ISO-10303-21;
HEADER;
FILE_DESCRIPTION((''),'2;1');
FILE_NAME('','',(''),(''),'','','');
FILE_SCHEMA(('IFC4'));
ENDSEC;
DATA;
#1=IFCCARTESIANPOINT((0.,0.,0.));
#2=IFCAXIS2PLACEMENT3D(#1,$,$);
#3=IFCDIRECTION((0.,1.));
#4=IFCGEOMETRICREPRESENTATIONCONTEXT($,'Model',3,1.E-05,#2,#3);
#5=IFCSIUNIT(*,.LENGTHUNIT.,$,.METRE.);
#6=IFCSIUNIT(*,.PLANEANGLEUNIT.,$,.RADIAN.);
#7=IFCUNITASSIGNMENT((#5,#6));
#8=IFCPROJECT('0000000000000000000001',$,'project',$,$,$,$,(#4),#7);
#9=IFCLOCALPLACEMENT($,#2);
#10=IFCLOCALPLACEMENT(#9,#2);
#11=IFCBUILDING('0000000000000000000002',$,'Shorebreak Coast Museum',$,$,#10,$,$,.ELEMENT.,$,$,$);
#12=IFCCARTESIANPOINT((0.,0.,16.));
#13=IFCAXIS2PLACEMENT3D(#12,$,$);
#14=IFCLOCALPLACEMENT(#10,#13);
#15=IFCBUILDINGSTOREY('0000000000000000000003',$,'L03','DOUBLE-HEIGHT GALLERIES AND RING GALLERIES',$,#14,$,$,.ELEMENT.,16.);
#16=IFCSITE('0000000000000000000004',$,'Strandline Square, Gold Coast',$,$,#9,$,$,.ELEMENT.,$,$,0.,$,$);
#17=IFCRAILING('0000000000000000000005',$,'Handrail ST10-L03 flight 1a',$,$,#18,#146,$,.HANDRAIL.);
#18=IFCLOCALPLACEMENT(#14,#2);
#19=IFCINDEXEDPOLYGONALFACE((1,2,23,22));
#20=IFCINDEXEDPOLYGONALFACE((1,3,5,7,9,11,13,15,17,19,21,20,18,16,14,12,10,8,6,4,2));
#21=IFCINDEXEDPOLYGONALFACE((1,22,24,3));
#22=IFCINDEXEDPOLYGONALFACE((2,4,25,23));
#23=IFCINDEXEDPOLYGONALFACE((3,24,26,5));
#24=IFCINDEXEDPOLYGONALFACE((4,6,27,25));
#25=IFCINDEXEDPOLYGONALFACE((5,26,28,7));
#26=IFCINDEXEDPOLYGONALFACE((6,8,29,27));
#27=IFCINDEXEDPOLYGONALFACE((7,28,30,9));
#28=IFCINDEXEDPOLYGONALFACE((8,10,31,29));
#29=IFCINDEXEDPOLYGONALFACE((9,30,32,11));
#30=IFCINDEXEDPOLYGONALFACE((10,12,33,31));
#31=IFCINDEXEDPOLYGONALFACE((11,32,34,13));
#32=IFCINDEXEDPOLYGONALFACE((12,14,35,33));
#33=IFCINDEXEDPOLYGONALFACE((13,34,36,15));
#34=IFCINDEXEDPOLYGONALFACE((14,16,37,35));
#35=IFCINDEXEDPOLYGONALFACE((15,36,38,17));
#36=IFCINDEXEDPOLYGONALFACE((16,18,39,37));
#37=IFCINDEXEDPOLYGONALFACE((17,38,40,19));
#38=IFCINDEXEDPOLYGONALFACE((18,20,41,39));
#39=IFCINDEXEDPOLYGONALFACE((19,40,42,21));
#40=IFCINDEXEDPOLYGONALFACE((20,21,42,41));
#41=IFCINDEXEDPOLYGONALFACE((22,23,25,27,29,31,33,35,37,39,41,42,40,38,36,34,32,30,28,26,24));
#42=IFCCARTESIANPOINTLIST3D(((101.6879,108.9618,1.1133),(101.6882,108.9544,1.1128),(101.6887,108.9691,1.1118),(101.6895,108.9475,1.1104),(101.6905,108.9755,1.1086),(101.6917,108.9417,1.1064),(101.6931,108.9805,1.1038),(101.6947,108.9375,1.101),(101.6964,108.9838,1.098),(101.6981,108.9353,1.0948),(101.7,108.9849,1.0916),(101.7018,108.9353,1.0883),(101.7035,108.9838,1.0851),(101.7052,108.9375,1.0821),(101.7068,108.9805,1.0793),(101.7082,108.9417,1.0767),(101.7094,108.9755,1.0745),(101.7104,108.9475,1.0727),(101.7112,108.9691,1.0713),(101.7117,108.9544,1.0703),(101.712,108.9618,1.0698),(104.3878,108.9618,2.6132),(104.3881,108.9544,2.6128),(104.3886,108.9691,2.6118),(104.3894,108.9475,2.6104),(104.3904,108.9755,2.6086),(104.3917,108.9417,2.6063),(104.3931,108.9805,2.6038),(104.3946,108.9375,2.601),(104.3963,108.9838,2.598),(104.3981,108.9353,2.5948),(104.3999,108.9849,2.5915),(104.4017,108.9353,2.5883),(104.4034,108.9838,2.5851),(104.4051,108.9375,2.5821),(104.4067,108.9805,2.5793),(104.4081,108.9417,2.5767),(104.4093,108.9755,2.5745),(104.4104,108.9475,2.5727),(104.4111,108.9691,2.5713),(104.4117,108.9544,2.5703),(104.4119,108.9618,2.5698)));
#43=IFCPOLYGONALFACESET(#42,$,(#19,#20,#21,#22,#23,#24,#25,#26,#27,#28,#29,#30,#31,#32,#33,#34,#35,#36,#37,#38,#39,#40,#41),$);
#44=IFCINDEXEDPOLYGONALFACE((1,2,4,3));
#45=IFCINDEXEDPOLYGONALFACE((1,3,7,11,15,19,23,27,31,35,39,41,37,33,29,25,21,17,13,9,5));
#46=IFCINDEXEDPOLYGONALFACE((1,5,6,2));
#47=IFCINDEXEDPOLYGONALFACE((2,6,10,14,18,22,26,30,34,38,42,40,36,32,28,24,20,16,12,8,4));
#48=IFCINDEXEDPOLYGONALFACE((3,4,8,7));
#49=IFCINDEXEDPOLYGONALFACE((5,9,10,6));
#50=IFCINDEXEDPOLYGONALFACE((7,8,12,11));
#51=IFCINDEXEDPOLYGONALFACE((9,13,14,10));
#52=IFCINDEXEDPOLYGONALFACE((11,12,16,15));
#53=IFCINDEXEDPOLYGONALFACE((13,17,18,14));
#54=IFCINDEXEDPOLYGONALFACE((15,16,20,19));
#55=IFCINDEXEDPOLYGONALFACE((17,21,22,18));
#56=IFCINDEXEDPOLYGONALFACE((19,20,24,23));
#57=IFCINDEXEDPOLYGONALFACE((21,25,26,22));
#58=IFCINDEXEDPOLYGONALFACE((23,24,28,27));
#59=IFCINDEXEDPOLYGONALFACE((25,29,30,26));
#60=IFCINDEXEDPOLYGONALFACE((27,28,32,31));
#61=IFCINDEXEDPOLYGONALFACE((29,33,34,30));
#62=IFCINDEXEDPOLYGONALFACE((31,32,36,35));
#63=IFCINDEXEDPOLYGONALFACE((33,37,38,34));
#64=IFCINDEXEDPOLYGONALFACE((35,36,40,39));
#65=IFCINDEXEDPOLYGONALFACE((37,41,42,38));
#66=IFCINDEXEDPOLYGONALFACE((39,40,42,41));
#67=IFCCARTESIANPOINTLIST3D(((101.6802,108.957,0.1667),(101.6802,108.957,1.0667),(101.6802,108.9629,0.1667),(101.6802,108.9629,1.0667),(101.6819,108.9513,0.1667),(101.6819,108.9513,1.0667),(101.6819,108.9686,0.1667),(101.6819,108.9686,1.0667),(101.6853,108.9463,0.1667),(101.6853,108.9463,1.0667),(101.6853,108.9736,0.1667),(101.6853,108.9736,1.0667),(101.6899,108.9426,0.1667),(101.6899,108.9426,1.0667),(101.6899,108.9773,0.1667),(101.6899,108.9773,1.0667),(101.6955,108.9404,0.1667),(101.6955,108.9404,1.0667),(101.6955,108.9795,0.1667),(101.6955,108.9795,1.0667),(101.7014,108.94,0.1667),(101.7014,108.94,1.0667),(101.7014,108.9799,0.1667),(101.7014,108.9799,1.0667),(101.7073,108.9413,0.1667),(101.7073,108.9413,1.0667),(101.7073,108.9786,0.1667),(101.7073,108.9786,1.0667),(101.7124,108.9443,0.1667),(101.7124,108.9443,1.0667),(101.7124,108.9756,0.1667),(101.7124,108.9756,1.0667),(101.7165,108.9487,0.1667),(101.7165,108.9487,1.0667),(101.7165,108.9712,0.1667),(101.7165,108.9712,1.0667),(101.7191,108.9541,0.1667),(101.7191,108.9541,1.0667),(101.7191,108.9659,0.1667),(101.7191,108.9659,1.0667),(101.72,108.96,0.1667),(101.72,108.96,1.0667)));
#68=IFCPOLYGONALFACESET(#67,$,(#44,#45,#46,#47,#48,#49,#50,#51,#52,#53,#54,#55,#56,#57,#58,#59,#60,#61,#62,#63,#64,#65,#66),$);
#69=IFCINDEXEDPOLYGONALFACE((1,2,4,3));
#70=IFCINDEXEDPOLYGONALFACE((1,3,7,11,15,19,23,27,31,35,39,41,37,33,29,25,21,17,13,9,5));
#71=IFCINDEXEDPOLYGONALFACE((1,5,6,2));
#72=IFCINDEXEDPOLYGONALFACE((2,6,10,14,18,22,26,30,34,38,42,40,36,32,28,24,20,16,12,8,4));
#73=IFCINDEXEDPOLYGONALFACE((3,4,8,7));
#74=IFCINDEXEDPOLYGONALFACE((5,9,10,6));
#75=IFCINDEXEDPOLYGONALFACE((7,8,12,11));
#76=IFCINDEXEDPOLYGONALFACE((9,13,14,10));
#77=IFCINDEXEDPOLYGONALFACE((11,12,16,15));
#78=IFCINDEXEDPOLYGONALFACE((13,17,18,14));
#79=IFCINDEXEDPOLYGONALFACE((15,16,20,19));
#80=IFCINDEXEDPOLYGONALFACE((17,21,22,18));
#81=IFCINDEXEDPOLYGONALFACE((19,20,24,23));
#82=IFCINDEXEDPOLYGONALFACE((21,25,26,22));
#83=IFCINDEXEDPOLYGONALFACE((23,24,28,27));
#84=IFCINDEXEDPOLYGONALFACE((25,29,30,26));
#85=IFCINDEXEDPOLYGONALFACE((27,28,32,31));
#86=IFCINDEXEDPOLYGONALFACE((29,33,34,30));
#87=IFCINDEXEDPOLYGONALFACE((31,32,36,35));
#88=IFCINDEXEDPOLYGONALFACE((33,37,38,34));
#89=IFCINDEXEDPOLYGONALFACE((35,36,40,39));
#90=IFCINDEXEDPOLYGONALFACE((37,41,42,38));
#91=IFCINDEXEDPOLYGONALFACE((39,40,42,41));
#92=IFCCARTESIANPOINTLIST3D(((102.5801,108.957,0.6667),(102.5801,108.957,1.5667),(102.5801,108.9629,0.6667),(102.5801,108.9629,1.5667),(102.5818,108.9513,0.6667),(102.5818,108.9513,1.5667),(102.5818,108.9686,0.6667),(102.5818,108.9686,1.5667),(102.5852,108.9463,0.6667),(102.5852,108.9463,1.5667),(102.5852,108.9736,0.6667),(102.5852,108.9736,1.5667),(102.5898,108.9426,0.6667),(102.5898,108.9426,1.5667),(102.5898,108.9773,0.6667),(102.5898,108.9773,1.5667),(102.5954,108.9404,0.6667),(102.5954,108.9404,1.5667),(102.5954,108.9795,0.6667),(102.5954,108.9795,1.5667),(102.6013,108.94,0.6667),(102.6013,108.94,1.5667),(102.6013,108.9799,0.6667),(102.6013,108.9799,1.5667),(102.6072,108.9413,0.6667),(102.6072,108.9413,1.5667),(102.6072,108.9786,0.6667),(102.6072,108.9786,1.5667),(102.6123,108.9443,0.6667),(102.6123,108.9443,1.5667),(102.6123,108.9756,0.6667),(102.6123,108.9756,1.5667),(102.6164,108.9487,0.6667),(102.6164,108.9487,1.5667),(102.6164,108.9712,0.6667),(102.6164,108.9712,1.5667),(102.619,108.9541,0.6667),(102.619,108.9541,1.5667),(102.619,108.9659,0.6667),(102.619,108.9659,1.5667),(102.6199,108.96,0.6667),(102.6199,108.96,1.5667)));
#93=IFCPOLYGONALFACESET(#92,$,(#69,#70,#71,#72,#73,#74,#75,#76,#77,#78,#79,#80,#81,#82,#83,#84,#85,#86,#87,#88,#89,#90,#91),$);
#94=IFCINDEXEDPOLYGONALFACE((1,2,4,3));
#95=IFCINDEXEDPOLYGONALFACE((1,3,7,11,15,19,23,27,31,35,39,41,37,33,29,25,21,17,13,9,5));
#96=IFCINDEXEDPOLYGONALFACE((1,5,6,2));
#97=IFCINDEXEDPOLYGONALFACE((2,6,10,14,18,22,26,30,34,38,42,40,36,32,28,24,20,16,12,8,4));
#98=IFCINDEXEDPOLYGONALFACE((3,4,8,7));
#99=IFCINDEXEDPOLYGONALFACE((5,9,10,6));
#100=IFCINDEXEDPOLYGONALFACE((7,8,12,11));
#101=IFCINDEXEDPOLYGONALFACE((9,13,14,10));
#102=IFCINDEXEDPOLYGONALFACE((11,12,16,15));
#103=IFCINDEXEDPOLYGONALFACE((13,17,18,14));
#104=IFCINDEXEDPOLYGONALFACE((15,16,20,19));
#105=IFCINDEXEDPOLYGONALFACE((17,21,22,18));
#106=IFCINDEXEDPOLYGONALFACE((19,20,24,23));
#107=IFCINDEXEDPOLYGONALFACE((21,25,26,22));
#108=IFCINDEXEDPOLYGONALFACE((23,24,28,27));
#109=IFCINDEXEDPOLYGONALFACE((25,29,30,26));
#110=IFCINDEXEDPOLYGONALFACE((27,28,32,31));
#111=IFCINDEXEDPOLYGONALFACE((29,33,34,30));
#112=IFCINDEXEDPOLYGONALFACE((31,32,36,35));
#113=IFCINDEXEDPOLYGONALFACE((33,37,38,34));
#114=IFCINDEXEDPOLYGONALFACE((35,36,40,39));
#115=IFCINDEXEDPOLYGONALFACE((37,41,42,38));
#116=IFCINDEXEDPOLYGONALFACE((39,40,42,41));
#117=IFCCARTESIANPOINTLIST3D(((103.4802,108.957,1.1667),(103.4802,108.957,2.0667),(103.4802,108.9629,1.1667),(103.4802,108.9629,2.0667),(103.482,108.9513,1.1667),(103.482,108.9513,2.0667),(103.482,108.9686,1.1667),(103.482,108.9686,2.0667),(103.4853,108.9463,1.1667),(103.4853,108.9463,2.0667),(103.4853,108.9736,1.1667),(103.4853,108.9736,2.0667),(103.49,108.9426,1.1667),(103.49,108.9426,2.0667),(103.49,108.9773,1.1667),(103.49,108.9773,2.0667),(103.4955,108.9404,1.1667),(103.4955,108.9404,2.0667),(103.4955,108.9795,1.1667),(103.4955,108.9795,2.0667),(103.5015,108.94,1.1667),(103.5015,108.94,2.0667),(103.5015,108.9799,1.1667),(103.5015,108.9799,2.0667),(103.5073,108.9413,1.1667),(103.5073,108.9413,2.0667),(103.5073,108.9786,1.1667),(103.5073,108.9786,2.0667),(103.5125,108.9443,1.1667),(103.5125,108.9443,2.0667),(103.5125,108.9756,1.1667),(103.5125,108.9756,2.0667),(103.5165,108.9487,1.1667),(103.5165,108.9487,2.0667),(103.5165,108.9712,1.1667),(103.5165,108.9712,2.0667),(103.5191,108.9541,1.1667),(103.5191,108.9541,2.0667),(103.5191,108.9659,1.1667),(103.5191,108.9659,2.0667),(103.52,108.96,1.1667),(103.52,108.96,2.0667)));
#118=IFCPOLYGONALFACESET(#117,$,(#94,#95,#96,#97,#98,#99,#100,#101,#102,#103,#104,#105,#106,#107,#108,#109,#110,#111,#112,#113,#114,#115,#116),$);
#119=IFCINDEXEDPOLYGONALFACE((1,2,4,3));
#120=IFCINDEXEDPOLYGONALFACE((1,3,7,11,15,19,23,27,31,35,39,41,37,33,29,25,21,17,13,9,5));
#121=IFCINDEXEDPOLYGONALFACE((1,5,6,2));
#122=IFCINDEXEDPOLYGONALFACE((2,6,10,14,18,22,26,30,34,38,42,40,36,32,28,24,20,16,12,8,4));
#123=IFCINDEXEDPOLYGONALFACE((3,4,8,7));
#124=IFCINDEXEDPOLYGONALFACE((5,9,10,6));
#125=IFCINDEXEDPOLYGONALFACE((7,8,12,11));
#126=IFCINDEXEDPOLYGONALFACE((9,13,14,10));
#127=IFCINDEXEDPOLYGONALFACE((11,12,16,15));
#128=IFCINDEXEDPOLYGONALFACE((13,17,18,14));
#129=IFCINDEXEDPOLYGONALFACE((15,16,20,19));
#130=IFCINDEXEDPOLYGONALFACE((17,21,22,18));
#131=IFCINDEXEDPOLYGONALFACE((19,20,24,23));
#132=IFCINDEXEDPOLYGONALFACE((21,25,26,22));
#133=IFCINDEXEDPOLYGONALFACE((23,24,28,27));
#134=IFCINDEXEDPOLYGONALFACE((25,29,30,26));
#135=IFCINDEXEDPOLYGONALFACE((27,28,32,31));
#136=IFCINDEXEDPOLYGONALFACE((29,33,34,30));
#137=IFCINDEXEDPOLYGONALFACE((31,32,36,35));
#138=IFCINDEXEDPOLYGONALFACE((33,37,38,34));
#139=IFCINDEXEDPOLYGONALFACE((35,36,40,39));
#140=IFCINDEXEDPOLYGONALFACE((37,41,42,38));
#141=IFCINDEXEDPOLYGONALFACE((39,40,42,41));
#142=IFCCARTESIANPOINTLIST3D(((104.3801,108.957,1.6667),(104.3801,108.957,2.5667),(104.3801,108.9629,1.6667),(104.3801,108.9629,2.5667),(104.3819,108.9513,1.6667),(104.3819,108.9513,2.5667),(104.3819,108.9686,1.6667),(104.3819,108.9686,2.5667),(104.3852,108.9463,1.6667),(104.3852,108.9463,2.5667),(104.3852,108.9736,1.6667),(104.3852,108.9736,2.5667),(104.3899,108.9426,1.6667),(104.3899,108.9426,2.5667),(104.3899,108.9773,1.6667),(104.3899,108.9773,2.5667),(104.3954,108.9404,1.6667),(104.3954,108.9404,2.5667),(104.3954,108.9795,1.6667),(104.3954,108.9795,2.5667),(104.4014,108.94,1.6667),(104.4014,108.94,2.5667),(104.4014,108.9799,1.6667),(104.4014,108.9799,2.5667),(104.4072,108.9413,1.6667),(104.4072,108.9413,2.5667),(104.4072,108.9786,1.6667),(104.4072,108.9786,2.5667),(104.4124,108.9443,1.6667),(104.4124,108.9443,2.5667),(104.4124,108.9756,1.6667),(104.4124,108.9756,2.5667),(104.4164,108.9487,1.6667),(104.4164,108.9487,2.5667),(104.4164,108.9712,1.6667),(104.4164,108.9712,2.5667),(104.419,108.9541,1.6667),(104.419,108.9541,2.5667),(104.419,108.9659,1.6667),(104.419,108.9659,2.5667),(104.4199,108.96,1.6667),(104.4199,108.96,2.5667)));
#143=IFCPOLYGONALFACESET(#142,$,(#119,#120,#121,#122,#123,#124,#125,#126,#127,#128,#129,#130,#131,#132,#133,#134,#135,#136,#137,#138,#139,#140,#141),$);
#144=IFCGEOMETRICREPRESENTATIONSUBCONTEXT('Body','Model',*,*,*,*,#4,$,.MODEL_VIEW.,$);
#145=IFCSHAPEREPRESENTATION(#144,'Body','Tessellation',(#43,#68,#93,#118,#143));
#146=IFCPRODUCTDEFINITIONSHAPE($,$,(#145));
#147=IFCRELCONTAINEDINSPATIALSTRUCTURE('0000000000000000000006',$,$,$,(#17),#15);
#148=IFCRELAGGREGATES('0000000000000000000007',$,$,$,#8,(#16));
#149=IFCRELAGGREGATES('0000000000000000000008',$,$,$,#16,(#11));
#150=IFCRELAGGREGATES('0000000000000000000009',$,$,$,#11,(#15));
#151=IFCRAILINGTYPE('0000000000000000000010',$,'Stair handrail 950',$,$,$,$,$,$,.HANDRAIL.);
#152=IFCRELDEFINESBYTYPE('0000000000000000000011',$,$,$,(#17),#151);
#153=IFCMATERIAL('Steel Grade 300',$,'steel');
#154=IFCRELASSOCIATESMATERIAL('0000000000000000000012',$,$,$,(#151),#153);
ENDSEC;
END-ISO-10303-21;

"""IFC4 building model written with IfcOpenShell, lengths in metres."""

from ifc_helpers import new_model, si_unit, direction, frame, origin, origin_2d, place, context, subcontext, project, spatial, circle, extrude, material, type_object, element, save


model = new_model("IFC4")

# Units and contexts
model_context = context("Model", 3, precision=1e-05, world=origin(), true_north=direction((0.0, 1.0)))
body_context = subcontext(model_context, "Body", "Model", "MODEL_VIEW")
ifc_project = project(units=[si_unit("LENGTHUNIT", "METRE"), si_unit("PLANEANGLEUNIT", "RADIAN")], contexts=[model_context])

# Site, building, storey
site_placement = place(None, origin())
site = spatial("IfcSite", under=ifc_project, at=site_placement, Name="Strandline Square, Gold Coast", CompositionType="ELEMENT", RefElevation=0.0)
building_placement = place(site_placement, origin())
building = spatial("IfcBuilding", under=site, at=building_placement, Name="Shorebreak Coast Museum", CompositionType="ELEMENT")
storey_placement = place(building_placement, frame((0.0, 0.0, 16.0)))
storey = spatial("IfcBuildingStorey", under=building, at=storey_placement, Name="L03", Description="DOUBLE-HEIGHT GALLERIES AND RING GALLERIES", CompositionType="ELEMENT", Elevation=16.0)

# Railing
ifc_material_1 = material(Name="Steel Grade 300", Category="steel")
railing_type_1 = type_object("IfcRailingType", Name="Stair handrail 950", PredefinedType="HANDRAIL", material=ifc_material_1)
for number, where, name in (
    (1, (101.7, 108.96, 0.1667), "Handrail ST10-L03 flight 1a"),
):
    element("IfcRailing", number, at=place(storey_placement, frame(where)), inside=storey, type_object=railing_type_1, Name=name, PredefinedType="HANDRAIL", context=body_context, shape_type="SweptSolid", body=[
        extrude(circle(Radius=0.0249, at=origin_2d()), frame((0.0, 0.0, 0.9248), z_axis=(0.874154, 0.0, 0.48565), x_axis=(0.0, 1.0, 0.0)), (0.0, 0.0, 1.0), 3.0886),
        extrude(circle(Radius=0.02, at=origin_2d()), origin(), (0.0, 0.0, 1.0), 0.8999),
        extrude(circle(Radius=0.02, at=origin_2d()), frame((0.8999, 0.0, 0.5)), (0.0, 0.0, 1.0), 0.8999),
        extrude(circle(Radius=0.02, at=origin_2d()), frame((1.8, 0.0, 1.0)), (0.0, 0.0, 1.0), 0.8999),
        extrude(circle(Radius=0.02, at=origin_2d()), frame((2.7, 0.0, 1.5)), (0.0, 0.0, 1.0), 0.8999),
    ])

save(model, "model.ifc")
